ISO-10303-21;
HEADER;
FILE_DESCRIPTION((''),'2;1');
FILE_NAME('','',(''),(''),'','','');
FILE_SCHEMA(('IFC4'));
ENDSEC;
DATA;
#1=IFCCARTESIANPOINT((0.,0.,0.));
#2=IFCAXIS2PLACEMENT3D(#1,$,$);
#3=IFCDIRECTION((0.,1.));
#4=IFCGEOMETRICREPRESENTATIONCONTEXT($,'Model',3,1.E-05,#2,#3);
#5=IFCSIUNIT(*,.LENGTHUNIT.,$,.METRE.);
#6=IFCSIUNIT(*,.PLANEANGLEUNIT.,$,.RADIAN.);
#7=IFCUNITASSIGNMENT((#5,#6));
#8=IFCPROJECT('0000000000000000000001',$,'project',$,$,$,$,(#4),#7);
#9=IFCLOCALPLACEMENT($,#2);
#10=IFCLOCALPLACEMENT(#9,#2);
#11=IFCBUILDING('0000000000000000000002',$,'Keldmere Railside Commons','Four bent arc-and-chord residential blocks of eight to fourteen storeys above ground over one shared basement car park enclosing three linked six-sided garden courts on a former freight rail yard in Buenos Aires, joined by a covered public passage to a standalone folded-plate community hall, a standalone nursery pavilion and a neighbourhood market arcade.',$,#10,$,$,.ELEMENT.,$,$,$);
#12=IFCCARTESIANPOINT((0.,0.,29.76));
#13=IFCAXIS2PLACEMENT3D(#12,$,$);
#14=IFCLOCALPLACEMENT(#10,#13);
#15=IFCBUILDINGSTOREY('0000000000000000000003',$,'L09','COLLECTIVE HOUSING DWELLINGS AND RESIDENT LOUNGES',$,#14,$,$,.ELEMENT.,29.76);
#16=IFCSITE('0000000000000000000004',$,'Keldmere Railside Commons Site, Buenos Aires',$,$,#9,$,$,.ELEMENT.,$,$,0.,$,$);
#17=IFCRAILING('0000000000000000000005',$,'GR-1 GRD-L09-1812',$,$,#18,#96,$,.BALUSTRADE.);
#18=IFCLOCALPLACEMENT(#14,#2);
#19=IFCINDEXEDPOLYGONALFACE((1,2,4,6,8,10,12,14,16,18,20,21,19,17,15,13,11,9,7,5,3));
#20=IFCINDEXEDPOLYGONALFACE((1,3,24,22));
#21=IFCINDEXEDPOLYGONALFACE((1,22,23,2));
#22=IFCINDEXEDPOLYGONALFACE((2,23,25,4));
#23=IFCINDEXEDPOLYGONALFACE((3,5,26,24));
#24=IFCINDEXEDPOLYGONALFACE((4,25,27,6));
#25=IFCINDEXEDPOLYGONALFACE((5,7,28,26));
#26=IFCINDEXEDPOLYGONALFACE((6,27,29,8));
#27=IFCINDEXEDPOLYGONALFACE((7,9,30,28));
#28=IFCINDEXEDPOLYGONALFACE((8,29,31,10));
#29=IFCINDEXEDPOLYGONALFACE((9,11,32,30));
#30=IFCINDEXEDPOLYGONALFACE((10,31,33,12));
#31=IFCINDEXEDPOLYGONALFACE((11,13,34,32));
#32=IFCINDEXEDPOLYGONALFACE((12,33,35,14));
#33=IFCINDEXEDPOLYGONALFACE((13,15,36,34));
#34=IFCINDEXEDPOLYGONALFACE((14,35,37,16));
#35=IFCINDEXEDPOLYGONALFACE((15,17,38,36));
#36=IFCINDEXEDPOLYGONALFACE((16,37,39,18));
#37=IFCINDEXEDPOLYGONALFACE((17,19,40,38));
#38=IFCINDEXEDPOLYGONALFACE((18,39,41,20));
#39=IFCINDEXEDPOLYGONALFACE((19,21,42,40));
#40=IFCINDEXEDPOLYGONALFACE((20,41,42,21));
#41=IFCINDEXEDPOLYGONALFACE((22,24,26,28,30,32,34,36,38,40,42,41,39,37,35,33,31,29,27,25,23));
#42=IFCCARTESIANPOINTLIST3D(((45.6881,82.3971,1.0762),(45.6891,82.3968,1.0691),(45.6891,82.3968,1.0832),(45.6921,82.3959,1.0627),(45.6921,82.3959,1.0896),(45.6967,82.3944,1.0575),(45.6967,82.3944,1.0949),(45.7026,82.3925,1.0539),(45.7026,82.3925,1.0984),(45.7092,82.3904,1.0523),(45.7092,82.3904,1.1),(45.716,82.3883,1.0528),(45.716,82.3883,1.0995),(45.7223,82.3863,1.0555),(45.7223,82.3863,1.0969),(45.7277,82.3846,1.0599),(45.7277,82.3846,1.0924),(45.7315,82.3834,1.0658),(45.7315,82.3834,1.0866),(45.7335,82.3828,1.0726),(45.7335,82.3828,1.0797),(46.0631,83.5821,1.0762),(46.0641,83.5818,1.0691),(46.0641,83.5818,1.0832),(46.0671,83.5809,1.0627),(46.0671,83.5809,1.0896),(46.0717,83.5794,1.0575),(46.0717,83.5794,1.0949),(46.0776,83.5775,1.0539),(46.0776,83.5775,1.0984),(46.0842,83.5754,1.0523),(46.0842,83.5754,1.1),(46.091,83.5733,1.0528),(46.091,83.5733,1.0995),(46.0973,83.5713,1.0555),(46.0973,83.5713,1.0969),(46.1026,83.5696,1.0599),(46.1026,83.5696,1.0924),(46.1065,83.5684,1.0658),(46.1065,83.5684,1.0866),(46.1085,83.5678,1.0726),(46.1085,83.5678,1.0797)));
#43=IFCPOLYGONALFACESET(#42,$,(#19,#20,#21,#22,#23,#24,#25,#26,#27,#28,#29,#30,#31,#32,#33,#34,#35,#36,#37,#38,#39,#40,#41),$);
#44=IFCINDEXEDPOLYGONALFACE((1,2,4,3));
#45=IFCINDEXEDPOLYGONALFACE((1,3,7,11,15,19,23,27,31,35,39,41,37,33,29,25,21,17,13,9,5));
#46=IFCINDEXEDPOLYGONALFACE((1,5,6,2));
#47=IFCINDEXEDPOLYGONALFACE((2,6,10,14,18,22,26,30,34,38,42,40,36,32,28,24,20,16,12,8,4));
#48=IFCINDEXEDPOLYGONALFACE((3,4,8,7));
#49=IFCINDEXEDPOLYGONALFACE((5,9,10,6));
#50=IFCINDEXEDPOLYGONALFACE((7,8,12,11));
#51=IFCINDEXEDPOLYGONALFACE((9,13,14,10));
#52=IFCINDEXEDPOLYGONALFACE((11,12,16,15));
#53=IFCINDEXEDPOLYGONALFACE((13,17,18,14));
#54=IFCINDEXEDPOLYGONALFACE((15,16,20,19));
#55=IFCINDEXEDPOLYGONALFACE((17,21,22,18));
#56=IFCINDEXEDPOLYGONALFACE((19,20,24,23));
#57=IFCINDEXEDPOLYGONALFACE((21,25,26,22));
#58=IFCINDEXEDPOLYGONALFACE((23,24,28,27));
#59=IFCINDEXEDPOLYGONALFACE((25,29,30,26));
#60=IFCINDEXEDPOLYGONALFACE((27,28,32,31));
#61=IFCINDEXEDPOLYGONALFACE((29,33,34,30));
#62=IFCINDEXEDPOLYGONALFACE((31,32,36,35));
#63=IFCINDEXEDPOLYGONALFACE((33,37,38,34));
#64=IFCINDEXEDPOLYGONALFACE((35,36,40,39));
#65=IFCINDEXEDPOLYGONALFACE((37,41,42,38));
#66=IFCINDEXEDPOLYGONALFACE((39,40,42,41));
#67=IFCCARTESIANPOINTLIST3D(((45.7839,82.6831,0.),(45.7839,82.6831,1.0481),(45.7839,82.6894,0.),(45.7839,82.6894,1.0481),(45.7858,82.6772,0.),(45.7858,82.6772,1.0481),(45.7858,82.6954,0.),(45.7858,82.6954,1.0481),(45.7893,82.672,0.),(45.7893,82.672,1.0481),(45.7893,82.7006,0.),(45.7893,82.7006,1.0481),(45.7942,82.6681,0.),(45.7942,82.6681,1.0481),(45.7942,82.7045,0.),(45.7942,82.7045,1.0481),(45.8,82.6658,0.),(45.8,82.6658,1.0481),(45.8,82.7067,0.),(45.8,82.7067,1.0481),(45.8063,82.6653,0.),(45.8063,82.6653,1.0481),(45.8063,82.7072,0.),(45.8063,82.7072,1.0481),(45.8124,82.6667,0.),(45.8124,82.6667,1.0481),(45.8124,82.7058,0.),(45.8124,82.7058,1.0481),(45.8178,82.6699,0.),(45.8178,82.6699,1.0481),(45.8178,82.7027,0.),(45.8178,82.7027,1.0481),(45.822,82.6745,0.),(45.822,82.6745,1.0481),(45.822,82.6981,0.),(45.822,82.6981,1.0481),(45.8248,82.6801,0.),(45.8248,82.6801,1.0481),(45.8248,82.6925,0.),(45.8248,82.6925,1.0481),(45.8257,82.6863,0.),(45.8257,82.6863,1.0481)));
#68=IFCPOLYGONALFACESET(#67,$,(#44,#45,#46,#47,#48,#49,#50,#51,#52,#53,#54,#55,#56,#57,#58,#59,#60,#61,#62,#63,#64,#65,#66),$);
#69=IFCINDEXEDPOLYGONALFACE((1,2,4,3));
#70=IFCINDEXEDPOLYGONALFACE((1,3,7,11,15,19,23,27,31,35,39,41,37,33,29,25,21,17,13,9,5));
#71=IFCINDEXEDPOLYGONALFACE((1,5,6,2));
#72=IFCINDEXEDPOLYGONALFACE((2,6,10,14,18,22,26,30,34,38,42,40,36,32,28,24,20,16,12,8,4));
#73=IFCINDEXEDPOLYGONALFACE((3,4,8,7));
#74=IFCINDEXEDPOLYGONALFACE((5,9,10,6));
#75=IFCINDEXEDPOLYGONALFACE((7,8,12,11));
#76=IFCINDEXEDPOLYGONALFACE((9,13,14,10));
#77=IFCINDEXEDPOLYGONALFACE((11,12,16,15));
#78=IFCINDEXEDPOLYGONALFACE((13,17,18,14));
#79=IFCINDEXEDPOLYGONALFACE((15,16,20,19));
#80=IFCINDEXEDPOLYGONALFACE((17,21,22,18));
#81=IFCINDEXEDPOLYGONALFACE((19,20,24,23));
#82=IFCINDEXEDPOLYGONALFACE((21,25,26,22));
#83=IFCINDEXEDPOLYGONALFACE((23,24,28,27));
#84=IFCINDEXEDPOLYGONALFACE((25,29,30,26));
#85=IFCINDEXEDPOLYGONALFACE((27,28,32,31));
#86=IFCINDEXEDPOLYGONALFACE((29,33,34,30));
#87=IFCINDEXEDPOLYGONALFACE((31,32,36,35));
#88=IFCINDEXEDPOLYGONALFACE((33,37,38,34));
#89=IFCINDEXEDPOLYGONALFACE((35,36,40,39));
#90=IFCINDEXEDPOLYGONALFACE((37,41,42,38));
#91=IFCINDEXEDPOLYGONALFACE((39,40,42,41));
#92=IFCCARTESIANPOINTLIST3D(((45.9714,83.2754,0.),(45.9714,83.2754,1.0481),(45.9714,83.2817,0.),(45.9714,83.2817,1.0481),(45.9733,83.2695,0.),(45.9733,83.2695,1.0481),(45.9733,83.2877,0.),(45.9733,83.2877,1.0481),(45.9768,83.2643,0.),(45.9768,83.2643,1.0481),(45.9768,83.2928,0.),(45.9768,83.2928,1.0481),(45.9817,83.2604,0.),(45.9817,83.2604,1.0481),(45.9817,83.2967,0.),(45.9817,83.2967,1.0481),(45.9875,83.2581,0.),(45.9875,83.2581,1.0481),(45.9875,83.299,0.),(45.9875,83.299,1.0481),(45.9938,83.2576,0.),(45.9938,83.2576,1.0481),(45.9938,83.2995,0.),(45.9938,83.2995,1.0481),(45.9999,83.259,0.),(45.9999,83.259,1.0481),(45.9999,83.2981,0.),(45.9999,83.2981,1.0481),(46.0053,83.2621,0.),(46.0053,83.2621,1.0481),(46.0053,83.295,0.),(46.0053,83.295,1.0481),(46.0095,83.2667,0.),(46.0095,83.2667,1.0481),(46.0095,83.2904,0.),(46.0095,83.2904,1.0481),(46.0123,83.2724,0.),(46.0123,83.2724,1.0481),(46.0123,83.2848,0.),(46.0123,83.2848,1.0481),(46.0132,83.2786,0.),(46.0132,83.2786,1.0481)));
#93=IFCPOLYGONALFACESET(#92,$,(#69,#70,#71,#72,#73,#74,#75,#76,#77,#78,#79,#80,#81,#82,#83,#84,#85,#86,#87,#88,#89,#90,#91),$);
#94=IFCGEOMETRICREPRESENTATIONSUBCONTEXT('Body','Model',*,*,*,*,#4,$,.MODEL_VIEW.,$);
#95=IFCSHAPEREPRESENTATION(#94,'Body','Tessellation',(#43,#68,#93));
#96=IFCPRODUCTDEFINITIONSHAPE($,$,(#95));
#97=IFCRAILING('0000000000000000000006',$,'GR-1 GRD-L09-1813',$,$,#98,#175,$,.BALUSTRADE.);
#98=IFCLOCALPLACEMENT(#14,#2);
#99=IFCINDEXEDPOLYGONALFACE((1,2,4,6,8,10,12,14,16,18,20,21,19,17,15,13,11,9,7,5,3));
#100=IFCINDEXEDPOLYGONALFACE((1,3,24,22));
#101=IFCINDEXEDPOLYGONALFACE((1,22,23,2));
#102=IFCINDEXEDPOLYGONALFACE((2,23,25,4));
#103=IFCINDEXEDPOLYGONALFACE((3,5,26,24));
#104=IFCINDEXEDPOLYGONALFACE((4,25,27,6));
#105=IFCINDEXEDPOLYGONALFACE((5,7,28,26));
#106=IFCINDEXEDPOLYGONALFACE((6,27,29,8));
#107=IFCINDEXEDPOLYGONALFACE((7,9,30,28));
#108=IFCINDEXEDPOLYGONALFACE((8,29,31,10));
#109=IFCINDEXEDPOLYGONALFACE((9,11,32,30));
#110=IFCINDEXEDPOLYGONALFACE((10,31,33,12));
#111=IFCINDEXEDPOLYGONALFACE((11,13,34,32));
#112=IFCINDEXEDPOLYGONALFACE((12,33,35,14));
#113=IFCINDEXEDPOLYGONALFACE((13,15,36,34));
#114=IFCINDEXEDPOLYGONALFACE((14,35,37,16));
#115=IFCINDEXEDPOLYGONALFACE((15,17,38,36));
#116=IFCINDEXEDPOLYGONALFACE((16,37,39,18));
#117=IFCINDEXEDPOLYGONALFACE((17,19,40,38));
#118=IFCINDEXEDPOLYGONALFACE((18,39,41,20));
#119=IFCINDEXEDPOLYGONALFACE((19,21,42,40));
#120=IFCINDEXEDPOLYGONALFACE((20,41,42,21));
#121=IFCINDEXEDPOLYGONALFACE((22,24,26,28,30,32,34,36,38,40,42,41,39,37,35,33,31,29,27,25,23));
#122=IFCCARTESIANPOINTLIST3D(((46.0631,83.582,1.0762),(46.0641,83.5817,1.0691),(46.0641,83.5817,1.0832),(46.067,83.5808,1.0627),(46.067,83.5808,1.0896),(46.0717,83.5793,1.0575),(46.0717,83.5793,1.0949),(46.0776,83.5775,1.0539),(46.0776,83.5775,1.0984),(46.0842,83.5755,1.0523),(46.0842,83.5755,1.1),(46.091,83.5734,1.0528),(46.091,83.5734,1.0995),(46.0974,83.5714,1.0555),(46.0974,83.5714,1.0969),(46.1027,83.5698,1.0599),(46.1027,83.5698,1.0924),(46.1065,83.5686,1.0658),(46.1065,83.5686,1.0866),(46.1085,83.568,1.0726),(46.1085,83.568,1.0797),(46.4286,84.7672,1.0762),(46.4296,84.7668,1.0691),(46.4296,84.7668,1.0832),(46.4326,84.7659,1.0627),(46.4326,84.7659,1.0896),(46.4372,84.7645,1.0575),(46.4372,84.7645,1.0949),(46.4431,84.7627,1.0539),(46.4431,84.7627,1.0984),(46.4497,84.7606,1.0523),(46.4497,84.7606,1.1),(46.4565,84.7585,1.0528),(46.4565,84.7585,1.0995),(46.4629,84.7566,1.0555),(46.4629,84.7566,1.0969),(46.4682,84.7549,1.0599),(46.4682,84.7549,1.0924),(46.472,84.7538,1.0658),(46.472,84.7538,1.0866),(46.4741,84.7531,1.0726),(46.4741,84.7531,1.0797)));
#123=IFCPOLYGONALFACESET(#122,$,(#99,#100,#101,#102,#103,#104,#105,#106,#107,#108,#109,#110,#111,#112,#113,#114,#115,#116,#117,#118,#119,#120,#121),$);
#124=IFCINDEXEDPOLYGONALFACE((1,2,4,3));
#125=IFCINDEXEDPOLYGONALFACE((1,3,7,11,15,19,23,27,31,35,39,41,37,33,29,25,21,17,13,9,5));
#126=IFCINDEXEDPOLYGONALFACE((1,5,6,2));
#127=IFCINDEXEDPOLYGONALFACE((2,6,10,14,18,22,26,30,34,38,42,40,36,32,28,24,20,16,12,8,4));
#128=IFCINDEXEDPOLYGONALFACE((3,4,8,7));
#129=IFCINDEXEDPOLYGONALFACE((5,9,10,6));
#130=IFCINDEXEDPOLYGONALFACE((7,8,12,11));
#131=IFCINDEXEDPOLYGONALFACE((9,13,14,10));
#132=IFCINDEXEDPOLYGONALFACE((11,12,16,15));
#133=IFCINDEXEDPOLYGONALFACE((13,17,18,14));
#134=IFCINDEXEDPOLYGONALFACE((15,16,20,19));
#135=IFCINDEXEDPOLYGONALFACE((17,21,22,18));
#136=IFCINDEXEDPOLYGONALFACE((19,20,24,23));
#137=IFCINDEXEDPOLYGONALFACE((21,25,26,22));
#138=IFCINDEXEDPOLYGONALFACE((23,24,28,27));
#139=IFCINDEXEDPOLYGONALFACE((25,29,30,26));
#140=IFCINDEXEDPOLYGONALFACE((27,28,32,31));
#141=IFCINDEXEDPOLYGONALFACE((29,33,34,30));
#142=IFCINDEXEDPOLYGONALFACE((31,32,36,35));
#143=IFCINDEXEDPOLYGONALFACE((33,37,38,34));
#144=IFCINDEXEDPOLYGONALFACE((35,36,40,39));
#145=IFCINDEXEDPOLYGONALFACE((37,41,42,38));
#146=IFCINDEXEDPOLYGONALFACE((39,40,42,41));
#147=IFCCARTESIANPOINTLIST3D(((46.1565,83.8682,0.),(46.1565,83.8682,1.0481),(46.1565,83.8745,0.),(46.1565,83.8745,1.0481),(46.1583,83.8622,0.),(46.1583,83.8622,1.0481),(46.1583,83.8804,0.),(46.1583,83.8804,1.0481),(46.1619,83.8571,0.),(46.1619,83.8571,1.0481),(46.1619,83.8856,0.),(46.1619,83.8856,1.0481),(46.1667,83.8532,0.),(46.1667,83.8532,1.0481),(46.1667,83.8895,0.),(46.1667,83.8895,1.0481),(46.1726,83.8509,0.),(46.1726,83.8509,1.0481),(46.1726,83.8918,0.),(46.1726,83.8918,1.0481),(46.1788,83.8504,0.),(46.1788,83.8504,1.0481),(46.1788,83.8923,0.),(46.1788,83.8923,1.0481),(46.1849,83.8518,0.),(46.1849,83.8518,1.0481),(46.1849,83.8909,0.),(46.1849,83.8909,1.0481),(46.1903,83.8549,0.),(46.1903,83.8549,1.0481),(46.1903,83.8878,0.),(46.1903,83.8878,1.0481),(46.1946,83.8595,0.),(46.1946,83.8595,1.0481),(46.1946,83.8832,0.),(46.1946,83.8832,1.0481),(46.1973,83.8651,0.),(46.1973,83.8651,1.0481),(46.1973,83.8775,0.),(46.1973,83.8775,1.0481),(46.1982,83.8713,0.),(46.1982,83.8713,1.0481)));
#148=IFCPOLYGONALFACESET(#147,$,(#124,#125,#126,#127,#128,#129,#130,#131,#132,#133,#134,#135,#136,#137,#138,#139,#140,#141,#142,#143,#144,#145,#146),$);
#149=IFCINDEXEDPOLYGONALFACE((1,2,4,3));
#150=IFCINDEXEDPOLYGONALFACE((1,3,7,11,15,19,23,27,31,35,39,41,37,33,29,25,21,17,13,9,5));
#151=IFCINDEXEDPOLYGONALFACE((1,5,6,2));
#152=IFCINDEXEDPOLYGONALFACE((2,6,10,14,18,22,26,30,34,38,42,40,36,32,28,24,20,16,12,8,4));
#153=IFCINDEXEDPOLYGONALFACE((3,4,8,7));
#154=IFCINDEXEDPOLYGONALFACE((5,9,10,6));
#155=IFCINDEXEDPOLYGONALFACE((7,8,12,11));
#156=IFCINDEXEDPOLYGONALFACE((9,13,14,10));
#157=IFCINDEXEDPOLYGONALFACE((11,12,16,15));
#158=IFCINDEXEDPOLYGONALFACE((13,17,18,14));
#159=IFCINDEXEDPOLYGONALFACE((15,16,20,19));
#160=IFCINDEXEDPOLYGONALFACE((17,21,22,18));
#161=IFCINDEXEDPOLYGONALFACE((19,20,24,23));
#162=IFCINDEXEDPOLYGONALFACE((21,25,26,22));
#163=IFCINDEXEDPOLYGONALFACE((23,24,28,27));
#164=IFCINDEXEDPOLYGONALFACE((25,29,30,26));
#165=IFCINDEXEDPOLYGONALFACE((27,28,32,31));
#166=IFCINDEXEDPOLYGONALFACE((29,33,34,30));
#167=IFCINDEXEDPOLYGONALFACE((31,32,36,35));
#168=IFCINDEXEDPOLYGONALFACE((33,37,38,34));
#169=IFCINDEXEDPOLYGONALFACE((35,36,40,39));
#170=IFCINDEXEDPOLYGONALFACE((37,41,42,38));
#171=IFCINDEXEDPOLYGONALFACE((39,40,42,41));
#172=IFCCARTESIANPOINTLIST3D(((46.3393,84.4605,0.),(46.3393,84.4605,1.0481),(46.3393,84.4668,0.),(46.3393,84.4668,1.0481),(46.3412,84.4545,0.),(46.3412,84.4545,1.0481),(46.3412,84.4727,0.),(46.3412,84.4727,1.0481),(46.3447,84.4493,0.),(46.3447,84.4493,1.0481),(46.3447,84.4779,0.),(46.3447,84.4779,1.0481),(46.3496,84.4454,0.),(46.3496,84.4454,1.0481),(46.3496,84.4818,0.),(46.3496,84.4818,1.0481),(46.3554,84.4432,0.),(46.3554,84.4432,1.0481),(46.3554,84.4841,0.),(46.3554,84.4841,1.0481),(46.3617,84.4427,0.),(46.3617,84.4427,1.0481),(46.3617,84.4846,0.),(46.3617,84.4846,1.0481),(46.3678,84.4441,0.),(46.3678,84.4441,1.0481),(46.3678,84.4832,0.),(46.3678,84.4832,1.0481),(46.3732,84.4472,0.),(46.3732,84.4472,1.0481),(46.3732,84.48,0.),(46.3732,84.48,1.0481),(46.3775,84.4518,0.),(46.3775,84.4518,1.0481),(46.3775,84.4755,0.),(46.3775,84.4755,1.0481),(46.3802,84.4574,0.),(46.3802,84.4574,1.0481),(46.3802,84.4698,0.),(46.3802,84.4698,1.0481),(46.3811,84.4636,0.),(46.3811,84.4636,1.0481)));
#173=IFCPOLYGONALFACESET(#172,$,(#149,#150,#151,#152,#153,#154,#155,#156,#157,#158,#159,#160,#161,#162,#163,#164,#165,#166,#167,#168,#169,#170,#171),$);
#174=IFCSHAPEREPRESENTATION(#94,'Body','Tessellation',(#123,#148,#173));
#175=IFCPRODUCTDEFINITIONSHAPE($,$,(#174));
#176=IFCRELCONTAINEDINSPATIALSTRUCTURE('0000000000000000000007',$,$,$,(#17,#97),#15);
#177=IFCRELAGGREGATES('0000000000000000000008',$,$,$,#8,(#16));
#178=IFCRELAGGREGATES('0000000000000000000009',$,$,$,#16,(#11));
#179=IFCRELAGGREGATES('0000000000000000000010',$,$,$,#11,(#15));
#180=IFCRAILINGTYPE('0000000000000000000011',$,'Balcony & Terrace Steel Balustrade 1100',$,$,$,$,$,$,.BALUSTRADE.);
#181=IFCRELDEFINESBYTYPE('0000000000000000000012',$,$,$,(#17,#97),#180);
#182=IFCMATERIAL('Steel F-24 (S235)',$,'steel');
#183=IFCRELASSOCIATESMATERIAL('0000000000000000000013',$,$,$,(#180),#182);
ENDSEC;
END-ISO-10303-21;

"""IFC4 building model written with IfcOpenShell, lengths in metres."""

from ifc_helpers import new_model, si_unit, direction, frame, origin, origin_2d, place, context, subcontext, project, spatial, circle, extrude, material, type_object, element, save


model = new_model("IFC4")

# Units and contexts
model_context = context("Model", 3, precision=1e-05, world=origin(), true_north=direction((0.0, 1.0)))
body_context = subcontext(model_context, "Body", "Model", "MODEL_VIEW")
ifc_project = project(units=[si_unit("LENGTHUNIT", "METRE"), si_unit("PLANEANGLEUNIT", "RADIAN")], contexts=[model_context])

# Site, building, storey
site_placement = place(None, origin())
site = spatial("IfcSite", under=ifc_project, at=site_placement, Name="Keldmere Railside Commons Site, Buenos Aires", CompositionType="ELEMENT", RefElevation=0.0)
building_placement = place(site_placement, origin())
building = spatial("IfcBuilding", under=site, at=building_placement, Name="Keldmere Railside Commons", Description="Four bent arc-and-chord residential blocks of eight to fourteen storeys above ground over one shared basement car park enclosing three linked six-sided garden courts on a former freight rail yard in Buenos Aires, joined by a covered public passage to a standalone folded-plate community hall, a standalone nursery pavilion and a neighbourhood market arcade.", CompositionType="ELEMENT")
storey_placement = place(building_placement, frame((0.0, 0.0, 29.76)))
storey = spatial("IfcBuildingStorey", under=building, at=storey_placement, Name="L09", Description="COLLECTIVE HOUSING DWELLINGS AND RESIDENT LOUNGES", CompositionType="ELEMENT", Elevation=29.76)

# Shared definitions
ifc_material_1 = material(Name="Steel F-24 (S235)", Category="steel")

# Railings
railing_type = type_object("IfcRailingType", Name="Balcony & Terrace Steel Balustrade 1100", PredefinedType="BALUSTRADE", material=ifc_material_1)
railing_1_placement = place(storey_placement, frame((45.7109, 82.3899, 0.0)))
element("IfcRailing", 1, at=railing_1_placement, inside=storey, type_object=railing_type, Name="GR-1 GRD-L09-1812", PredefinedType="BALUSTRADE", context=body_context, shape_type="SweptSolid", body=[
    extrude(circle(Radius=0.0239, at=origin_2d()), frame((0.0, 0.0, 1.0762), z_axis=(0.301695, 0.953404, 0.0), x_axis=(-0.953404, 0.301695, 0.0)), (0.0, 0.0, 1.0), 1.2429),
    extrude(circle(Radius=0.021, at=origin_2d()), frame((0.0938, 0.2964, 0.0)), (0.0, 0.0, 1.0), 1.0481),
    extrude(circle(Radius=0.021, at=origin_2d()), frame((0.2812, 0.8887, 0.0)), (0.0, 0.0, 1.0), 1.0481),
])
railing_2_placement = place(storey_placement, frame((46.0859, 83.575, 0.0)))
element("IfcRailing", 2, at=railing_2_placement, inside=storey, type_object=railing_type, Name="GR-1 GRD-L09-1813", PredefinedType="BALUSTRADE", context=body_context, shape_type="SweptSolid", body=[
    extrude(circle(Radius=0.0239, at=origin_2d()), frame((0.0, 0.0, 1.0762), z_axis=(0.294708, 0.955587, 0.0), x_axis=(-0.955587, 0.294708, 0.0)), (0.0, 0.0, 1.0), 1.2402),
    extrude(circle(Radius=0.021, at=origin_2d()), frame((0.0913, 0.2964, 0.0)), (0.0, 0.0, 1.0), 1.0481),
    extrude(circle(Radius=0.021, at=origin_2d()), frame((0.2742, 0.8887, 0.0)), (0.0, 0.0, 1.0), 1.0481),
])

save(model, "model.ifc")
